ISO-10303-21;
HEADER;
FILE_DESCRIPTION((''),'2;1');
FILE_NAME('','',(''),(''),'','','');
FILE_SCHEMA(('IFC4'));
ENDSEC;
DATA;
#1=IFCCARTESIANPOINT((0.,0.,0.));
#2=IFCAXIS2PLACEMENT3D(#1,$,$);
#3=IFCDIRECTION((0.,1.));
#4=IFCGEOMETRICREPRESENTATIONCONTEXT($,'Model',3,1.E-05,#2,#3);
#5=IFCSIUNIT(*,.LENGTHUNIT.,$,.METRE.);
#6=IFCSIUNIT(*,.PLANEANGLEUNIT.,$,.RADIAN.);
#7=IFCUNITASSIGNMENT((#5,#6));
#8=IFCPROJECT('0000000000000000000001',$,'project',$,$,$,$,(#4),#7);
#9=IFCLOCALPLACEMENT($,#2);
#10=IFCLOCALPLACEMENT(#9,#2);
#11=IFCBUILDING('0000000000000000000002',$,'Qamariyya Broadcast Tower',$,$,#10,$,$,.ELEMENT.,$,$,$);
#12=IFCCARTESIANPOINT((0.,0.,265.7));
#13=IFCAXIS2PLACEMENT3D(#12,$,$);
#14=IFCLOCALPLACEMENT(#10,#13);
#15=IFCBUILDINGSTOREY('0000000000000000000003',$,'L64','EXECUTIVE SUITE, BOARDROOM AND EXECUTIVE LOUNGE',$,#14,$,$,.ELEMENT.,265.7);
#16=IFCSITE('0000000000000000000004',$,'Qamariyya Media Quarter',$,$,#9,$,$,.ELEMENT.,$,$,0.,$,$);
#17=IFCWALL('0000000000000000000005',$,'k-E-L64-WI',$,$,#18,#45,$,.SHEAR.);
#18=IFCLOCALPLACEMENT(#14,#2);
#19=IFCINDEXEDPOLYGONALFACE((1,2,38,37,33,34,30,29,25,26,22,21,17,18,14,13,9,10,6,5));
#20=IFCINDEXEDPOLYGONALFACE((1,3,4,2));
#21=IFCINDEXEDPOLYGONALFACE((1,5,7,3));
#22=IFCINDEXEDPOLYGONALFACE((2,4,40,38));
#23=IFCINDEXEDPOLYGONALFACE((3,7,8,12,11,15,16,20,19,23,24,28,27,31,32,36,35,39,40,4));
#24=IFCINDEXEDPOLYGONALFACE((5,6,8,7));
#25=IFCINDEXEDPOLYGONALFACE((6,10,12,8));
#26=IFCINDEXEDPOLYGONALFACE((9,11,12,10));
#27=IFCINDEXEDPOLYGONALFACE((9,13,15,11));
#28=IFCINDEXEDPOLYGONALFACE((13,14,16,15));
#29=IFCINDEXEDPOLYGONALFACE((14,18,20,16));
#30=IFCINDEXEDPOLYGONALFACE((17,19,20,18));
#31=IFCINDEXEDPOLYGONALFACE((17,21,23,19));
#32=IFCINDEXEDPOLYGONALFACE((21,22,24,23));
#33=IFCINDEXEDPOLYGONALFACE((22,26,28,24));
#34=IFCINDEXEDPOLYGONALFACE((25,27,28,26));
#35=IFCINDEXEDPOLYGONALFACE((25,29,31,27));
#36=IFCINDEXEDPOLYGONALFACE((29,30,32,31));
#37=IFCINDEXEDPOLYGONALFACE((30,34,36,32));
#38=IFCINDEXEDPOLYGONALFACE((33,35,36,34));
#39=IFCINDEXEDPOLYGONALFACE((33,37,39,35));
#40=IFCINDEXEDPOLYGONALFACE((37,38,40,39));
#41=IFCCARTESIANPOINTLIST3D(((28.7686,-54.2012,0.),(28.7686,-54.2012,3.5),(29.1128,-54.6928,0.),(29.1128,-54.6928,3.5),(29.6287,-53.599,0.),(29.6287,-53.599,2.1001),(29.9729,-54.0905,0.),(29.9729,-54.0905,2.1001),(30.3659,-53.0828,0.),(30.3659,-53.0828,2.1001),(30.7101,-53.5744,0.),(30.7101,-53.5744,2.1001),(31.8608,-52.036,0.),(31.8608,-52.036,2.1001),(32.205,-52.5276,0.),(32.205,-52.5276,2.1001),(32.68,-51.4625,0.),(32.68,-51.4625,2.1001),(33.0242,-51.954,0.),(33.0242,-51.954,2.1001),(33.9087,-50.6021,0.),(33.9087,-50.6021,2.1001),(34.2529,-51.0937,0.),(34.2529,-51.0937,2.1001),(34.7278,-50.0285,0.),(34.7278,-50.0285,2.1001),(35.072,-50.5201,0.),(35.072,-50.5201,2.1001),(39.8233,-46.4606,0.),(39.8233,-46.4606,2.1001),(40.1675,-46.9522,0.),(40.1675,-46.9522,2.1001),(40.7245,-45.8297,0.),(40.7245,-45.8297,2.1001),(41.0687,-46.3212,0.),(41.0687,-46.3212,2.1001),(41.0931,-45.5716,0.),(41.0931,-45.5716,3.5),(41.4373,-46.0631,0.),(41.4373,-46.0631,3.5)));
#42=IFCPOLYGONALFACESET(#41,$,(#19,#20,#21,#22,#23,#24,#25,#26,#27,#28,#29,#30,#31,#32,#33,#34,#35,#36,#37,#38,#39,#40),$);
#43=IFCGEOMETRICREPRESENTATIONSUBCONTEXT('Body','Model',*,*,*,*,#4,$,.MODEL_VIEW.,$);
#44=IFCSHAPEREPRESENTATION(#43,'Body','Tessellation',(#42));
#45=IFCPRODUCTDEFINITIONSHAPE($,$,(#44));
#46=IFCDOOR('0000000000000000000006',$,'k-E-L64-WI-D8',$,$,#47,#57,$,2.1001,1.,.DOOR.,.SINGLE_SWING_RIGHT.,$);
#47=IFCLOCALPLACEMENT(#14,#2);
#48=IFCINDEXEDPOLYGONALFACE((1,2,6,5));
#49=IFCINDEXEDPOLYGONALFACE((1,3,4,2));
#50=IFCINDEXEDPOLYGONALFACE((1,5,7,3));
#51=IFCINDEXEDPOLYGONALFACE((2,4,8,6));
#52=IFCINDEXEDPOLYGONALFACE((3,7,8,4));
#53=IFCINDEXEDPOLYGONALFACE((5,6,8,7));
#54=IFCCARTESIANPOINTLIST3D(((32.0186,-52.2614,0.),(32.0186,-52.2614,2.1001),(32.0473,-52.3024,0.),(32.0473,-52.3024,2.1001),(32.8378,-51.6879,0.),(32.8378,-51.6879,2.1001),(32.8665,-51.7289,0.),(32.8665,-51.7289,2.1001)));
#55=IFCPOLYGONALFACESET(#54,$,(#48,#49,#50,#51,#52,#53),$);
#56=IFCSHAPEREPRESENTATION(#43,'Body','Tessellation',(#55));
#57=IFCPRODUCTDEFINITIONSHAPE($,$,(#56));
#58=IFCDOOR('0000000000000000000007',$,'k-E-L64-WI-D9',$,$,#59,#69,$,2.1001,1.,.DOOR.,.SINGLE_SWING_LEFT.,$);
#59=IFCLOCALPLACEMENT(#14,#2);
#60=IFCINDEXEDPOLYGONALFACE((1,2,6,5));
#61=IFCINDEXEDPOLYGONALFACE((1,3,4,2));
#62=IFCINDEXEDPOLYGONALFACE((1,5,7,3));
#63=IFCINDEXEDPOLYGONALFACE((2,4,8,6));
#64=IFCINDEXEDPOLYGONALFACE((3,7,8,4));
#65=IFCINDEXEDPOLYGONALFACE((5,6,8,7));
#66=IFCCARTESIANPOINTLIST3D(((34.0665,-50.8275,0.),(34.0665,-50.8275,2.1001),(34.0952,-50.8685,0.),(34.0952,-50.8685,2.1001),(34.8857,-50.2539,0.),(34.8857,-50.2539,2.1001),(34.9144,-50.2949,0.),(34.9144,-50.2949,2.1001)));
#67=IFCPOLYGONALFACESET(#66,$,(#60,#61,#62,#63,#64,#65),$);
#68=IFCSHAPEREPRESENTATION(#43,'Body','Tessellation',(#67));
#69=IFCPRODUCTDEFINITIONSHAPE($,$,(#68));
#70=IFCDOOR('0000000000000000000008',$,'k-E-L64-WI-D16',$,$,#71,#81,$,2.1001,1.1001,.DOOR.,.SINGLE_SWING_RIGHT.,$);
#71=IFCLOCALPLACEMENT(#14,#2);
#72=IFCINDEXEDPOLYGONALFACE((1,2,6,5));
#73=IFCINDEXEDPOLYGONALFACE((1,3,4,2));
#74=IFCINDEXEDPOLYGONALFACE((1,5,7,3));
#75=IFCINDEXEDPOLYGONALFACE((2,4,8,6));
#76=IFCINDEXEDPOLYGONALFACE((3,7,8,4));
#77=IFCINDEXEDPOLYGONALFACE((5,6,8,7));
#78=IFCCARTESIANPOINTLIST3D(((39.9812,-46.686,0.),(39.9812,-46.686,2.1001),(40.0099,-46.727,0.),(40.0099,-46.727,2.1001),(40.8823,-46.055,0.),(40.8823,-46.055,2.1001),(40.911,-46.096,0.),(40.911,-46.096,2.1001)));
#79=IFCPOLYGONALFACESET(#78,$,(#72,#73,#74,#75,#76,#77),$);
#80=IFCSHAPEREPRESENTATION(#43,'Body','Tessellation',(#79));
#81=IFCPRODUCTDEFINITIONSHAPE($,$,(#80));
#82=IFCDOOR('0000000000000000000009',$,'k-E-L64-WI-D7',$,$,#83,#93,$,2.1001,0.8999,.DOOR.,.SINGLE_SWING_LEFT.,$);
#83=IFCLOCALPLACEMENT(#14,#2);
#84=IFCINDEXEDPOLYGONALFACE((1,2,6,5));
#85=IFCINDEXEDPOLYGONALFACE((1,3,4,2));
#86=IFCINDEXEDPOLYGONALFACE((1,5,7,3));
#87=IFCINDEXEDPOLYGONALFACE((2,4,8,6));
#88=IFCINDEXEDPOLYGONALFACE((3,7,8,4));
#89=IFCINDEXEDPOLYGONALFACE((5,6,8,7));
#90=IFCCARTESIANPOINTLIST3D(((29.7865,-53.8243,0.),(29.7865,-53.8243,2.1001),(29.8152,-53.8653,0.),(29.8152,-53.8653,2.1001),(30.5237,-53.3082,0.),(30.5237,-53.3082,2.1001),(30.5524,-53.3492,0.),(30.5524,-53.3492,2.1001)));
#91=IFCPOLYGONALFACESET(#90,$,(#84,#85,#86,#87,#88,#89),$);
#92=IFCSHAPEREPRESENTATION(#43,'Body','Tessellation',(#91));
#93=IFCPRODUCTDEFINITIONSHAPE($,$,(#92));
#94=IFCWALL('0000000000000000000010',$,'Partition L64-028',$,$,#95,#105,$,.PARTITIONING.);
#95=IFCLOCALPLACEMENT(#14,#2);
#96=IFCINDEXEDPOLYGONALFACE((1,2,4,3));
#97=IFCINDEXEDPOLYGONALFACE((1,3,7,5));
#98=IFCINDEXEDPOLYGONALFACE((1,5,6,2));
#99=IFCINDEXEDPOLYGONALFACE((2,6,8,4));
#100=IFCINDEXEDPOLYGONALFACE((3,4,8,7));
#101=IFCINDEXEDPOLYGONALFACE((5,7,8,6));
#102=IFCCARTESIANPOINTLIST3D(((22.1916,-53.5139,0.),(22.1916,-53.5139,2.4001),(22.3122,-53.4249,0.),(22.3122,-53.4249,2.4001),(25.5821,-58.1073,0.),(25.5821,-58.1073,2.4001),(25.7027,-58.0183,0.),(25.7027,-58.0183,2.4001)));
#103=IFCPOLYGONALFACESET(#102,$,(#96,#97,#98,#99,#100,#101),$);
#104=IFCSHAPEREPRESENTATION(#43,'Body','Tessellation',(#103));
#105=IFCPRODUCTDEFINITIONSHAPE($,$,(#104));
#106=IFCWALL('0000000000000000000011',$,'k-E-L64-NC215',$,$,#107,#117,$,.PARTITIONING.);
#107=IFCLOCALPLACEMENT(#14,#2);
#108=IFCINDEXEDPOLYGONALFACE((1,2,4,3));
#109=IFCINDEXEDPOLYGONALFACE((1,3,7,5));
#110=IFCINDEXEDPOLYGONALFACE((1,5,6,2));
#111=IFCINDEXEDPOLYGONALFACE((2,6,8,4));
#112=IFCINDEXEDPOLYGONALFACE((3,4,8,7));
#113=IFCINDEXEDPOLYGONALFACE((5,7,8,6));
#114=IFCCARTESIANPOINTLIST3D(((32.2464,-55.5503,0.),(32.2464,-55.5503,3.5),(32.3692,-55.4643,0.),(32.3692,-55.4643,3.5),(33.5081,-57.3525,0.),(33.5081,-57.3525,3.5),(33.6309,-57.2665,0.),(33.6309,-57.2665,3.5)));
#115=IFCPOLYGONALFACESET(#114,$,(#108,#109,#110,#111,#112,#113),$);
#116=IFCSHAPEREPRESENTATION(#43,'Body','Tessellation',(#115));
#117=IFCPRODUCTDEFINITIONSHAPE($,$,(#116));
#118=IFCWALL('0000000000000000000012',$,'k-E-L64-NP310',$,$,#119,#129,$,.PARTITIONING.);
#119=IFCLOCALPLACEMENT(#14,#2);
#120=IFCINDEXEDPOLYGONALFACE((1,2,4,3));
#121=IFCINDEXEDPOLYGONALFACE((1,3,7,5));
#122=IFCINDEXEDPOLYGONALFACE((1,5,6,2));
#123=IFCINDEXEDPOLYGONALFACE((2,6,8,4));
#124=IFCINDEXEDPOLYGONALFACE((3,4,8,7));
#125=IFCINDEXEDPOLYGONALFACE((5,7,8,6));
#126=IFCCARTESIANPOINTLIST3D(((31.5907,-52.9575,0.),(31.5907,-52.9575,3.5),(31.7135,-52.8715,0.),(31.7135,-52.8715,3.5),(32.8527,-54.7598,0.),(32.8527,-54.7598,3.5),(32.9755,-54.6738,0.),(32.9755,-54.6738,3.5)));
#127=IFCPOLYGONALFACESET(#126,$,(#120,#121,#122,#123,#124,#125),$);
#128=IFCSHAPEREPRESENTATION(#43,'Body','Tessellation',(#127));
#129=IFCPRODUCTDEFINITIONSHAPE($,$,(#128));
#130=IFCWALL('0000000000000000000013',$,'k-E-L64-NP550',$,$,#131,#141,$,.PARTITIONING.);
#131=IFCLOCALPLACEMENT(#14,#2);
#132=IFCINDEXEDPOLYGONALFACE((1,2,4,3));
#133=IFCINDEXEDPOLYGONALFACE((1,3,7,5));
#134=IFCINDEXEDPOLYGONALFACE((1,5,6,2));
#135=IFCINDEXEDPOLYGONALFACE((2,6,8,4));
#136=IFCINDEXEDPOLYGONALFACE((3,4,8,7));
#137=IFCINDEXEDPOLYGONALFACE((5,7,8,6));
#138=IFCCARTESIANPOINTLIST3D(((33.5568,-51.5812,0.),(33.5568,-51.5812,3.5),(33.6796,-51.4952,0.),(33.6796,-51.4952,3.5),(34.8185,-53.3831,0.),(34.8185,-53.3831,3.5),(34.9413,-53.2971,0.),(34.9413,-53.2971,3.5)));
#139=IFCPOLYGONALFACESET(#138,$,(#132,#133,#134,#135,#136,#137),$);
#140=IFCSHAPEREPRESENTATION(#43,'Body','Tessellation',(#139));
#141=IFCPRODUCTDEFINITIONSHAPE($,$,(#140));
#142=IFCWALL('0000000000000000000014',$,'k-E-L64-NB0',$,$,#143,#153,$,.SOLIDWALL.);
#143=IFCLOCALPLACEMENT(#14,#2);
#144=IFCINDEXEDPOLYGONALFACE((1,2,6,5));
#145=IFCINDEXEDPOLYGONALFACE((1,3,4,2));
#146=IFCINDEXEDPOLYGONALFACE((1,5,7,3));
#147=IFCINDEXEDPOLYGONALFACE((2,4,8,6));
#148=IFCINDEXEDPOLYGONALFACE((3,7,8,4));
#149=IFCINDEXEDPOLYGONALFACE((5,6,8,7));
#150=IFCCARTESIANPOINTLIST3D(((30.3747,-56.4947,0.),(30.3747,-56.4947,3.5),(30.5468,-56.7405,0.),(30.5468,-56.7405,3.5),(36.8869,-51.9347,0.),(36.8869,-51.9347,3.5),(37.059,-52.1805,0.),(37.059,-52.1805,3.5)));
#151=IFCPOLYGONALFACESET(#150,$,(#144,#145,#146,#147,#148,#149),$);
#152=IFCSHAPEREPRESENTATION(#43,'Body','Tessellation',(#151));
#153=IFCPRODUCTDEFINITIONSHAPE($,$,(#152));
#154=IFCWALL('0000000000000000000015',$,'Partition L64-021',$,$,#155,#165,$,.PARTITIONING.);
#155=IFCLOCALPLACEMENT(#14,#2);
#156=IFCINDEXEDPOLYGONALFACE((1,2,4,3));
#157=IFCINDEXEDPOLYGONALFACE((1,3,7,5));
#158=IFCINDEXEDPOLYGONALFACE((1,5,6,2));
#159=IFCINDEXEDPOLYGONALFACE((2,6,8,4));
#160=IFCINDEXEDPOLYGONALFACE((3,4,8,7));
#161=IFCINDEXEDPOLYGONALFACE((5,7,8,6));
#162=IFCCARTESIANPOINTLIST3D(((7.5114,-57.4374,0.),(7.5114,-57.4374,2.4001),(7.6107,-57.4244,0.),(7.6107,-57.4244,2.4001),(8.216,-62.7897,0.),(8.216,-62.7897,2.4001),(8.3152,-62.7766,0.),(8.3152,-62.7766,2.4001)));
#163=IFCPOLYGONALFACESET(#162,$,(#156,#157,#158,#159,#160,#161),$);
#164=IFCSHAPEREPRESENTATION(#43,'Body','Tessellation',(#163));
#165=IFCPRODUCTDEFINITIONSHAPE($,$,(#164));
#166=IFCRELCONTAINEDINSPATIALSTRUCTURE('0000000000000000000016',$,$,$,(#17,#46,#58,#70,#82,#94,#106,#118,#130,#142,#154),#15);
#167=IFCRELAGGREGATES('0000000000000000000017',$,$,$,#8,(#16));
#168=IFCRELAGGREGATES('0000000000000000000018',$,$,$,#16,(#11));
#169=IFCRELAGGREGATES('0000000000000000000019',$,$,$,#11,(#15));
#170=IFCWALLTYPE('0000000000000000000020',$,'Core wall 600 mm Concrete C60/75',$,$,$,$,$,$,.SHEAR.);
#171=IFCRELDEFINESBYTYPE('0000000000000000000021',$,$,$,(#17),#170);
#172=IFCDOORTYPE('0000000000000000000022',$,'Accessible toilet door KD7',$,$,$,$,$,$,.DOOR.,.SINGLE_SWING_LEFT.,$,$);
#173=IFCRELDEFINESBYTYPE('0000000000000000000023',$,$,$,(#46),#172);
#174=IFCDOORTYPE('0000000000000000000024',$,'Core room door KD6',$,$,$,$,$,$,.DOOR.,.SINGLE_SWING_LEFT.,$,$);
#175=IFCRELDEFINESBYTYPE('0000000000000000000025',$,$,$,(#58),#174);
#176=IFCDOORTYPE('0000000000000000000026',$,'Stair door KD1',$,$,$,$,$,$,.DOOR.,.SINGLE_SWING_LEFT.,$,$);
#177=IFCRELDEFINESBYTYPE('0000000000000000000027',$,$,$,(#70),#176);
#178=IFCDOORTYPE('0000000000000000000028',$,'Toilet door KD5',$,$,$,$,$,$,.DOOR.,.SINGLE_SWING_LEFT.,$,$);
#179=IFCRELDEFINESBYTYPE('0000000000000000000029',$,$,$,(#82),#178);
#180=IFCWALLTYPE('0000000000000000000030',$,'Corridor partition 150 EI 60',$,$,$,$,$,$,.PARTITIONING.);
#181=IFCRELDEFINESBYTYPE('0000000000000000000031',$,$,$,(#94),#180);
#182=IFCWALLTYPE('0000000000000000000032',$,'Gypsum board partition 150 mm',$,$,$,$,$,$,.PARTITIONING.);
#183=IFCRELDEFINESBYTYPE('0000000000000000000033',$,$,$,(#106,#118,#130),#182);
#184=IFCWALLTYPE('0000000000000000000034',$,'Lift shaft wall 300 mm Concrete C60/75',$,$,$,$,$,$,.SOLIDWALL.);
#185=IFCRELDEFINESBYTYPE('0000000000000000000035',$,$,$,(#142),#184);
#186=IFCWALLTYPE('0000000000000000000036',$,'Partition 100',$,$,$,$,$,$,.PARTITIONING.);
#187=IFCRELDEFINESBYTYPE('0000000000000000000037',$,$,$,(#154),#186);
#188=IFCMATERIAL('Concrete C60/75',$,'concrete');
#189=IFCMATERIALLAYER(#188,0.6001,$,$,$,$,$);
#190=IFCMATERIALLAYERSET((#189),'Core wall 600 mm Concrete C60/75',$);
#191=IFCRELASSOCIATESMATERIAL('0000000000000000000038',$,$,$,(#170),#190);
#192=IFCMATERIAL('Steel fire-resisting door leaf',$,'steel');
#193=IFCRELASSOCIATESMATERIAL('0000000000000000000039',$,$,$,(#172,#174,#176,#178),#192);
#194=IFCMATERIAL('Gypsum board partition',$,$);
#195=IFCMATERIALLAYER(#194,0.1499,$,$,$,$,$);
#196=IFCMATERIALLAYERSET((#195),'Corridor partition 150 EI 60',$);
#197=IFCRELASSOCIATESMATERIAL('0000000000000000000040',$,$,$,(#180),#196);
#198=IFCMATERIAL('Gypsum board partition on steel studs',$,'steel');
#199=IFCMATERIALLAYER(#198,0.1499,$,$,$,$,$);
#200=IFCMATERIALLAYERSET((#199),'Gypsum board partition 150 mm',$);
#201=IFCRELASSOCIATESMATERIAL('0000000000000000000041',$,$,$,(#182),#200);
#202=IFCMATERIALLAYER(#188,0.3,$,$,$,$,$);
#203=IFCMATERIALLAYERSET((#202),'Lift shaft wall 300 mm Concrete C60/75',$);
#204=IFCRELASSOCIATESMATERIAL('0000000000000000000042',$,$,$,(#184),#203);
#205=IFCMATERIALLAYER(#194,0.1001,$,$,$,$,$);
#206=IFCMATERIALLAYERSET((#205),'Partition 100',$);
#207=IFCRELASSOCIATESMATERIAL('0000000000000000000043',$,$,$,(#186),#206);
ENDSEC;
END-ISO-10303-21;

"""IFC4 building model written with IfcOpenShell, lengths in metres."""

from ifc_helpers import new_model, si_unit, direction, frame, frame_2d, origin, place, context, subcontext, project, spatial, rectangle, extrude, material, layer, layer_set, type_object, element, fill, save


model = new_model("IFC4")

# Units and contexts
model_context = context("Model", 3, precision=1e-05, world=origin(), true_north=direction((0.0, 1.0)))
body_context = subcontext(model_context, "Body", "Model", "MODEL_VIEW")
ifc_project = project(units=[si_unit("LENGTHUNIT", "METRE"), si_unit("PLANEANGLEUNIT", "RADIAN")], contexts=[model_context])

# Site, building, storey
site_placement = place(None, origin())
site = spatial("IfcSite", under=ifc_project, at=site_placement, Name="Qamariyya Media Quarter", CompositionType="ELEMENT", RefElevation=0.0)
building_placement = place(site_placement, origin())
building = spatial("IfcBuilding", under=site, at=building_placement, Name="Qamariyya Broadcast Tower", CompositionType="ELEMENT")
storey_placement = place(building_placement, frame((0.0, 0.0, 265.7)))
storey = spatial("IfcBuildingStorey", under=building, at=storey_placement, Name="L64", Description="EXECUTIVE SUITE, BOARDROOM AND EXECUTIVE LOUNGE", CompositionType="ELEMENT", Elevation=265.7)

# Wall, openings, doors
ifc_material_1 = material(Name="Concrete C60/75", Category="concrete")
ifc_layer_1 = layer(ifc_material_1, 0.6001)
ifc_layer_set_1 = layer_set([ifc_layer_1], Name="Core wall 600 mm Concrete C60/75")
wall_type_1 = type_object("IfcWallType", Name="Core wall 600 mm Concrete C60/75", PredefinedType="SHEAR", material=ifc_layer_set_1)
wall_1_placement = place(storey_placement, frame((28.9407, -54.447, 0.0), z_axis=(0.0, 0.0, 1.0), x_axis=(0.819153, 0.573575, 0.0)))
wall_1 = element("IfcWall", 1, at=wall_1_placement, inside=storey, type_object=wall_type_1, Name="k-E-L64-WI", PredefinedType="SHEAR", context=body_context, shape_type="SweptSolid", body=[
    extrude(rectangle(XDim=15.0454, YDim=0.6001, at=frame_2d((7.5227, 0.0))), origin(), (0.0, 0.0, 1.0), 3.5),
])
opening_1_placement = place(wall_1_placement, frame((1.05, 0.0, 0.0)))
opening_1 = element("IfcOpeningElement", 2, at=opening_1_placement, cuts=wall_1, PredefinedType="OPENING", context=body_context, shape_type="SweptSolid", body=[
    extrude(rectangle(XDim=0.8999, YDim=2.1001, at=frame_2d((0.45, 1.05))), frame((0.0, 0.3101, 0.0), z_axis=(0.0, -1.0, 0.0), x_axis=(1.0, 0.0, 0.0)), (0.0, 0.0, 1.0), 0.6201),
])
opening_2_placement = place(wall_1_placement, frame((3.7749, 0.0, 0.0)))
opening_2 = element("IfcOpeningElement", 3, at=opening_2_placement, cuts=wall_1, PredefinedType="OPENING", context=body_context, shape_type="SweptSolid", body=[
    extrude(rectangle(XDim=1.0, YDim=2.1001, at=frame_2d((0.5, 1.05))), frame((0.0, 0.3101, 0.0), z_axis=(0.0, -1.0, 0.0), x_axis=(1.0, 0.0, 0.0)), (0.0, 0.0, 1.0), 0.6201),
])
opening_3_placement = place(wall_1_placement, frame((6.2749, 0.0, 0.0)))
opening_3 = element("IfcOpeningElement", 4, at=opening_3_placement, cuts=wall_1, PredefinedType="OPENING", context=body_context, shape_type="SweptSolid", body=[
    extrude(rectangle(XDim=1.0, YDim=2.1001, at=frame_2d((0.5, 1.05))), frame((0.0, 0.3101, 0.0), z_axis=(0.0, -1.0, 0.0), x_axis=(1.0, 0.0, 0.0)), (0.0, 0.0, 1.0), 0.6201),
])
opening_4_placement = place(wall_1_placement, frame((13.4954, 0.0, 0.0)))
opening_4 = element("IfcOpeningElement", 5, at=opening_4_placement, cuts=wall_1, PredefinedType="OPENING", context=body_context, shape_type="SweptSolid", body=[
    extrude(rectangle(XDim=1.1001, YDim=2.1001, at=frame_2d((0.55, 1.05))), frame((0.0, 0.3101, 0.0), z_axis=(0.0, -1.0, 0.0), x_axis=(1.0, 0.0, 0.0)), (0.0, 0.0, 1.0), 0.6201),
])
ifc_material_2 = material(Name="Steel fire-resisting door leaf", Category="steel")
door_type_1 = type_object("IfcDoorType", Name="Accessible toilet door KD7", OperationType="SINGLE_SWING_LEFT", PredefinedType="DOOR", material=ifc_material_2)
door_1_placement = place(opening_2_placement, origin())
door_1 = element("IfcDoor", 6, at=door_1_placement, inside=storey, type_object=door_type_1, Name="k-E-L64-WI-D8", OperationType="SINGLE_SWING_RIGHT", OverallHeight=2.1001, OverallWidth=1.0, PredefinedType="DOOR", context=body_context, shape_type="SweptSolid", body=[
    extrude(rectangle(XDim=1.0, YDim=2.1001, at=frame_2d((0.5, 1.05))), frame((0.0, 0.0249, 0.0), z_axis=(0.0, -1.0, 0.0), x_axis=(1.0, 0.0, 0.0)), (0.0, 0.0, 1.0), 0.05),
])
fill(opening_2, door_1)
door_type_2 = type_object("IfcDoorType", Name="Core room door KD6", OperationType="SINGLE_SWING_LEFT", PredefinedType="DOOR", material=ifc_material_2)
door_2_placement = place(opening_3_placement, origin())
door_2 = element("IfcDoor", 7, at=door_2_placement, inside=storey, type_object=door_type_2, Name="k-E-L64-WI-D9", OperationType="SINGLE_SWING_LEFT", OverallHeight=2.1001, OverallWidth=1.0, PredefinedType="DOOR", context=body_context, shape_type="SweptSolid", body=[
    extrude(rectangle(XDim=1.0, YDim=2.1001, at=frame_2d((0.5, 1.05))), frame((0.0, 0.0249, 0.0), z_axis=(0.0, -1.0, 0.0), x_axis=(1.0, 0.0, 0.0)), (0.0, 0.0, 1.0), 0.05),
])
fill(opening_3, door_2)
door_type_3 = type_object("IfcDoorType", Name="Stair door KD1", OperationType="SINGLE_SWING_LEFT", PredefinedType="DOOR", material=ifc_material_2)
door_3_placement = place(opening_4_placement, origin())
door_3 = element("IfcDoor", 8, at=door_3_placement, inside=storey, type_object=door_type_3, Name="k-E-L64-WI-D16", OperationType="SINGLE_SWING_RIGHT", OverallHeight=2.1001, OverallWidth=1.1001, PredefinedType="DOOR", context=body_context, shape_type="SweptSolid", body=[
    extrude(rectangle(XDim=1.1001, YDim=2.1001, at=frame_2d((0.55, 1.05))), frame((0.0, 0.0249, 0.0), z_axis=(0.0, -1.0, 0.0), x_axis=(1.0, 0.0, 0.0)), (0.0, 0.0, 1.0), 0.05),
])
fill(opening_4, door_3)
door_type_4 = type_object("IfcDoorType", Name="Toilet door KD5", OperationType="SINGLE_SWING_LEFT", PredefinedType="DOOR", material=ifc_material_2)
door_4_placement = place(opening_1_placement, origin())
door_4 = element("IfcDoor", 9, at=door_4_placement, inside=storey, type_object=door_type_4, Name="k-E-L64-WI-D7", OperationType="SINGLE_SWING_LEFT", OverallHeight=2.1001, OverallWidth=0.8999, PredefinedType="DOOR", context=body_context, shape_type="SweptSolid", body=[
    extrude(rectangle(XDim=0.8999, YDim=2.1001, at=frame_2d((0.45, 1.05))), frame((0.0, 0.0249, 0.0), z_axis=(0.0, -1.0, 0.0), x_axis=(1.0, 0.0, 0.0)), (0.0, 0.0, 1.0), 0.05),
])
fill(opening_1, door_4)

# Walls
ifc_material_3 = material(Name="Gypsum board partition")
ifc_layer_2 = layer(ifc_material_3, 0.1499)
ifc_layer_set_2 = layer_set([ifc_layer_2], Name="Corridor partition 150 EI 60")
wall_type_2 = type_object("IfcWallType", Name="Corridor partition 150 EI 60", PredefinedType="PARTITIONING", material=ifc_layer_set_2)
wall_2_placement = place(storey_placement, frame((22.252, -53.4695, 0.0), z_axis=(0.0, 0.0, 1.0), x_axis=(0.593873, -0.804559, 0.0)))
element("IfcWall", 10, at=wall_2_placement, inside=storey, type_object=wall_type_2, Name="Partition L64-028", PredefinedType="PARTITIONING", context=body_context, shape_type="SweptSolid", body=[
    extrude(rectangle(XDim=5.7092, YDim=0.1499, at=frame_2d((2.8545, 0.0))), origin(), (0.0, 0.0, 1.0), 2.4001),
])
ifc_material_4 = material(Name="Gypsum board partition on steel studs", Category="steel")
ifc_layer_3 = layer(ifc_material_4, 0.1499)
ifc_layer_set_3 = layer_set([ifc_layer_3], Name="Gypsum board partition 150 mm")
wall_type_3 = type_object("IfcWallType", Name="Gypsum board partition 150 mm", PredefinedType="PARTITIONING", material=ifc_layer_set_3)
wall_3_placement = place(storey_placement, frame((33.5696, -57.3096, 0.0), z_axis=(0.0, 0.0, 1.0), x_axis=(-0.573507, 0.819201, 0.0)))
element("IfcWall", 11, at=wall_3_placement, inside=storey, type_object=wall_type_3, Name="k-E-L64-NC215", PredefinedType="PARTITIONING", context=body_context, shape_type="SweptSolid", body=[
    extrude(rectangle(XDim=2.2, YDim=0.1499, at=frame_2d((1.1001, 0.0))), origin(), (0.0, 0.0, 1.0), 3.5),
])
wall_4_placement = place(storey_placement, frame((32.9141, -54.7168, 0.0), z_axis=(0.0, 0.0, 1.0), x_axis=(-0.573581, 0.819149, 0.0)))
element("IfcWall", 12, at=wall_4_placement, inside=storey, type_object=wall_type_3, Name="k-E-L64-NP310", PredefinedType="PARTITIONING", context=body_context, shape_type="SweptSolid", body=[
    extrude(rectangle(XDim=2.2002, YDim=0.1499, at=frame_2d((1.1001, 0.0))), origin(), (0.0, 0.0, 1.0), 3.5),
])
wall_5_placement = place(storey_placement, frame((34.8799, -53.3401, 0.0), z_axis=(0.0, 0.0, 1.0), x_axis=(-0.573559, 0.819164, 0.0)))
element("IfcWall", 13, at=wall_5_placement, inside=storey, type_object=wall_type_3, Name="k-E-L64-NP550", PredefinedType="PARTITIONING", context=body_context, shape_type="SweptSolid", body=[
    extrude(rectangle(XDim=2.1997, YDim=0.1499, at=frame_2d((1.0999, 0.0))), origin(), (0.0, 0.0, 1.0), 3.5),
])
ifc_layer_4 = layer(ifc_material_1, 0.3)
ifc_layer_set_4 = layer_set([ifc_layer_4], Name="Lift shaft wall 300 mm Concrete C60/75")
wall_type_4 = type_object("IfcWallType", Name="Lift shaft wall 300 mm Concrete C60/75", PredefinedType="SOLIDWALL", material=ifc_layer_set_4)
wall_6_placement = place(storey_placement, frame((30.4607, -56.6177, 0.0), z_axis=(0.0, 0.0, 1.0), x_axis=(0.819142, 0.57359, 0.0)))
element("IfcWall", 14, at=wall_6_placement, inside=storey, type_object=wall_type_4, Name="k-E-L64-NB0", PredefinedType="SOLIDWALL", context=body_context, shape_type="SweptSolid", body=[
    extrude(rectangle(XDim=7.95, YDim=0.3, at=frame_2d((3.9751, 0.0))), origin(), (0.0, 0.0, 1.0), 3.5),
])
ifc_layer_5 = layer(ifc_material_3, 0.1001)
ifc_layer_set_5 = layer_set([ifc_layer_5], Name="Partition 100")
wall_type_5 = type_object("IfcWallType", Name="Partition 100", PredefinedType="PARTITIONING", material=ifc_layer_set_5)
wall_7_placement = place(storey_placement, frame((7.561, -57.4309, 0.0), z_axis=(0.0, 0.0, 1.0), x_axis=(0.130517, -0.991446, 0.0)))
element("IfcWall", 15, at=wall_7_placement, inside=storey, type_object=wall_type_5, Name="Partition L64-021", PredefinedType="PARTITIONING", context=body_context, shape_type="SweptSolid", body=[
    extrude(rectangle(XDim=5.3984, YDim=0.1001, at=frame_2d((2.6992, 0.0))), origin(), (0.0, 0.0, 1.0), 2.4001),
])

save(model, "model.ifc")
